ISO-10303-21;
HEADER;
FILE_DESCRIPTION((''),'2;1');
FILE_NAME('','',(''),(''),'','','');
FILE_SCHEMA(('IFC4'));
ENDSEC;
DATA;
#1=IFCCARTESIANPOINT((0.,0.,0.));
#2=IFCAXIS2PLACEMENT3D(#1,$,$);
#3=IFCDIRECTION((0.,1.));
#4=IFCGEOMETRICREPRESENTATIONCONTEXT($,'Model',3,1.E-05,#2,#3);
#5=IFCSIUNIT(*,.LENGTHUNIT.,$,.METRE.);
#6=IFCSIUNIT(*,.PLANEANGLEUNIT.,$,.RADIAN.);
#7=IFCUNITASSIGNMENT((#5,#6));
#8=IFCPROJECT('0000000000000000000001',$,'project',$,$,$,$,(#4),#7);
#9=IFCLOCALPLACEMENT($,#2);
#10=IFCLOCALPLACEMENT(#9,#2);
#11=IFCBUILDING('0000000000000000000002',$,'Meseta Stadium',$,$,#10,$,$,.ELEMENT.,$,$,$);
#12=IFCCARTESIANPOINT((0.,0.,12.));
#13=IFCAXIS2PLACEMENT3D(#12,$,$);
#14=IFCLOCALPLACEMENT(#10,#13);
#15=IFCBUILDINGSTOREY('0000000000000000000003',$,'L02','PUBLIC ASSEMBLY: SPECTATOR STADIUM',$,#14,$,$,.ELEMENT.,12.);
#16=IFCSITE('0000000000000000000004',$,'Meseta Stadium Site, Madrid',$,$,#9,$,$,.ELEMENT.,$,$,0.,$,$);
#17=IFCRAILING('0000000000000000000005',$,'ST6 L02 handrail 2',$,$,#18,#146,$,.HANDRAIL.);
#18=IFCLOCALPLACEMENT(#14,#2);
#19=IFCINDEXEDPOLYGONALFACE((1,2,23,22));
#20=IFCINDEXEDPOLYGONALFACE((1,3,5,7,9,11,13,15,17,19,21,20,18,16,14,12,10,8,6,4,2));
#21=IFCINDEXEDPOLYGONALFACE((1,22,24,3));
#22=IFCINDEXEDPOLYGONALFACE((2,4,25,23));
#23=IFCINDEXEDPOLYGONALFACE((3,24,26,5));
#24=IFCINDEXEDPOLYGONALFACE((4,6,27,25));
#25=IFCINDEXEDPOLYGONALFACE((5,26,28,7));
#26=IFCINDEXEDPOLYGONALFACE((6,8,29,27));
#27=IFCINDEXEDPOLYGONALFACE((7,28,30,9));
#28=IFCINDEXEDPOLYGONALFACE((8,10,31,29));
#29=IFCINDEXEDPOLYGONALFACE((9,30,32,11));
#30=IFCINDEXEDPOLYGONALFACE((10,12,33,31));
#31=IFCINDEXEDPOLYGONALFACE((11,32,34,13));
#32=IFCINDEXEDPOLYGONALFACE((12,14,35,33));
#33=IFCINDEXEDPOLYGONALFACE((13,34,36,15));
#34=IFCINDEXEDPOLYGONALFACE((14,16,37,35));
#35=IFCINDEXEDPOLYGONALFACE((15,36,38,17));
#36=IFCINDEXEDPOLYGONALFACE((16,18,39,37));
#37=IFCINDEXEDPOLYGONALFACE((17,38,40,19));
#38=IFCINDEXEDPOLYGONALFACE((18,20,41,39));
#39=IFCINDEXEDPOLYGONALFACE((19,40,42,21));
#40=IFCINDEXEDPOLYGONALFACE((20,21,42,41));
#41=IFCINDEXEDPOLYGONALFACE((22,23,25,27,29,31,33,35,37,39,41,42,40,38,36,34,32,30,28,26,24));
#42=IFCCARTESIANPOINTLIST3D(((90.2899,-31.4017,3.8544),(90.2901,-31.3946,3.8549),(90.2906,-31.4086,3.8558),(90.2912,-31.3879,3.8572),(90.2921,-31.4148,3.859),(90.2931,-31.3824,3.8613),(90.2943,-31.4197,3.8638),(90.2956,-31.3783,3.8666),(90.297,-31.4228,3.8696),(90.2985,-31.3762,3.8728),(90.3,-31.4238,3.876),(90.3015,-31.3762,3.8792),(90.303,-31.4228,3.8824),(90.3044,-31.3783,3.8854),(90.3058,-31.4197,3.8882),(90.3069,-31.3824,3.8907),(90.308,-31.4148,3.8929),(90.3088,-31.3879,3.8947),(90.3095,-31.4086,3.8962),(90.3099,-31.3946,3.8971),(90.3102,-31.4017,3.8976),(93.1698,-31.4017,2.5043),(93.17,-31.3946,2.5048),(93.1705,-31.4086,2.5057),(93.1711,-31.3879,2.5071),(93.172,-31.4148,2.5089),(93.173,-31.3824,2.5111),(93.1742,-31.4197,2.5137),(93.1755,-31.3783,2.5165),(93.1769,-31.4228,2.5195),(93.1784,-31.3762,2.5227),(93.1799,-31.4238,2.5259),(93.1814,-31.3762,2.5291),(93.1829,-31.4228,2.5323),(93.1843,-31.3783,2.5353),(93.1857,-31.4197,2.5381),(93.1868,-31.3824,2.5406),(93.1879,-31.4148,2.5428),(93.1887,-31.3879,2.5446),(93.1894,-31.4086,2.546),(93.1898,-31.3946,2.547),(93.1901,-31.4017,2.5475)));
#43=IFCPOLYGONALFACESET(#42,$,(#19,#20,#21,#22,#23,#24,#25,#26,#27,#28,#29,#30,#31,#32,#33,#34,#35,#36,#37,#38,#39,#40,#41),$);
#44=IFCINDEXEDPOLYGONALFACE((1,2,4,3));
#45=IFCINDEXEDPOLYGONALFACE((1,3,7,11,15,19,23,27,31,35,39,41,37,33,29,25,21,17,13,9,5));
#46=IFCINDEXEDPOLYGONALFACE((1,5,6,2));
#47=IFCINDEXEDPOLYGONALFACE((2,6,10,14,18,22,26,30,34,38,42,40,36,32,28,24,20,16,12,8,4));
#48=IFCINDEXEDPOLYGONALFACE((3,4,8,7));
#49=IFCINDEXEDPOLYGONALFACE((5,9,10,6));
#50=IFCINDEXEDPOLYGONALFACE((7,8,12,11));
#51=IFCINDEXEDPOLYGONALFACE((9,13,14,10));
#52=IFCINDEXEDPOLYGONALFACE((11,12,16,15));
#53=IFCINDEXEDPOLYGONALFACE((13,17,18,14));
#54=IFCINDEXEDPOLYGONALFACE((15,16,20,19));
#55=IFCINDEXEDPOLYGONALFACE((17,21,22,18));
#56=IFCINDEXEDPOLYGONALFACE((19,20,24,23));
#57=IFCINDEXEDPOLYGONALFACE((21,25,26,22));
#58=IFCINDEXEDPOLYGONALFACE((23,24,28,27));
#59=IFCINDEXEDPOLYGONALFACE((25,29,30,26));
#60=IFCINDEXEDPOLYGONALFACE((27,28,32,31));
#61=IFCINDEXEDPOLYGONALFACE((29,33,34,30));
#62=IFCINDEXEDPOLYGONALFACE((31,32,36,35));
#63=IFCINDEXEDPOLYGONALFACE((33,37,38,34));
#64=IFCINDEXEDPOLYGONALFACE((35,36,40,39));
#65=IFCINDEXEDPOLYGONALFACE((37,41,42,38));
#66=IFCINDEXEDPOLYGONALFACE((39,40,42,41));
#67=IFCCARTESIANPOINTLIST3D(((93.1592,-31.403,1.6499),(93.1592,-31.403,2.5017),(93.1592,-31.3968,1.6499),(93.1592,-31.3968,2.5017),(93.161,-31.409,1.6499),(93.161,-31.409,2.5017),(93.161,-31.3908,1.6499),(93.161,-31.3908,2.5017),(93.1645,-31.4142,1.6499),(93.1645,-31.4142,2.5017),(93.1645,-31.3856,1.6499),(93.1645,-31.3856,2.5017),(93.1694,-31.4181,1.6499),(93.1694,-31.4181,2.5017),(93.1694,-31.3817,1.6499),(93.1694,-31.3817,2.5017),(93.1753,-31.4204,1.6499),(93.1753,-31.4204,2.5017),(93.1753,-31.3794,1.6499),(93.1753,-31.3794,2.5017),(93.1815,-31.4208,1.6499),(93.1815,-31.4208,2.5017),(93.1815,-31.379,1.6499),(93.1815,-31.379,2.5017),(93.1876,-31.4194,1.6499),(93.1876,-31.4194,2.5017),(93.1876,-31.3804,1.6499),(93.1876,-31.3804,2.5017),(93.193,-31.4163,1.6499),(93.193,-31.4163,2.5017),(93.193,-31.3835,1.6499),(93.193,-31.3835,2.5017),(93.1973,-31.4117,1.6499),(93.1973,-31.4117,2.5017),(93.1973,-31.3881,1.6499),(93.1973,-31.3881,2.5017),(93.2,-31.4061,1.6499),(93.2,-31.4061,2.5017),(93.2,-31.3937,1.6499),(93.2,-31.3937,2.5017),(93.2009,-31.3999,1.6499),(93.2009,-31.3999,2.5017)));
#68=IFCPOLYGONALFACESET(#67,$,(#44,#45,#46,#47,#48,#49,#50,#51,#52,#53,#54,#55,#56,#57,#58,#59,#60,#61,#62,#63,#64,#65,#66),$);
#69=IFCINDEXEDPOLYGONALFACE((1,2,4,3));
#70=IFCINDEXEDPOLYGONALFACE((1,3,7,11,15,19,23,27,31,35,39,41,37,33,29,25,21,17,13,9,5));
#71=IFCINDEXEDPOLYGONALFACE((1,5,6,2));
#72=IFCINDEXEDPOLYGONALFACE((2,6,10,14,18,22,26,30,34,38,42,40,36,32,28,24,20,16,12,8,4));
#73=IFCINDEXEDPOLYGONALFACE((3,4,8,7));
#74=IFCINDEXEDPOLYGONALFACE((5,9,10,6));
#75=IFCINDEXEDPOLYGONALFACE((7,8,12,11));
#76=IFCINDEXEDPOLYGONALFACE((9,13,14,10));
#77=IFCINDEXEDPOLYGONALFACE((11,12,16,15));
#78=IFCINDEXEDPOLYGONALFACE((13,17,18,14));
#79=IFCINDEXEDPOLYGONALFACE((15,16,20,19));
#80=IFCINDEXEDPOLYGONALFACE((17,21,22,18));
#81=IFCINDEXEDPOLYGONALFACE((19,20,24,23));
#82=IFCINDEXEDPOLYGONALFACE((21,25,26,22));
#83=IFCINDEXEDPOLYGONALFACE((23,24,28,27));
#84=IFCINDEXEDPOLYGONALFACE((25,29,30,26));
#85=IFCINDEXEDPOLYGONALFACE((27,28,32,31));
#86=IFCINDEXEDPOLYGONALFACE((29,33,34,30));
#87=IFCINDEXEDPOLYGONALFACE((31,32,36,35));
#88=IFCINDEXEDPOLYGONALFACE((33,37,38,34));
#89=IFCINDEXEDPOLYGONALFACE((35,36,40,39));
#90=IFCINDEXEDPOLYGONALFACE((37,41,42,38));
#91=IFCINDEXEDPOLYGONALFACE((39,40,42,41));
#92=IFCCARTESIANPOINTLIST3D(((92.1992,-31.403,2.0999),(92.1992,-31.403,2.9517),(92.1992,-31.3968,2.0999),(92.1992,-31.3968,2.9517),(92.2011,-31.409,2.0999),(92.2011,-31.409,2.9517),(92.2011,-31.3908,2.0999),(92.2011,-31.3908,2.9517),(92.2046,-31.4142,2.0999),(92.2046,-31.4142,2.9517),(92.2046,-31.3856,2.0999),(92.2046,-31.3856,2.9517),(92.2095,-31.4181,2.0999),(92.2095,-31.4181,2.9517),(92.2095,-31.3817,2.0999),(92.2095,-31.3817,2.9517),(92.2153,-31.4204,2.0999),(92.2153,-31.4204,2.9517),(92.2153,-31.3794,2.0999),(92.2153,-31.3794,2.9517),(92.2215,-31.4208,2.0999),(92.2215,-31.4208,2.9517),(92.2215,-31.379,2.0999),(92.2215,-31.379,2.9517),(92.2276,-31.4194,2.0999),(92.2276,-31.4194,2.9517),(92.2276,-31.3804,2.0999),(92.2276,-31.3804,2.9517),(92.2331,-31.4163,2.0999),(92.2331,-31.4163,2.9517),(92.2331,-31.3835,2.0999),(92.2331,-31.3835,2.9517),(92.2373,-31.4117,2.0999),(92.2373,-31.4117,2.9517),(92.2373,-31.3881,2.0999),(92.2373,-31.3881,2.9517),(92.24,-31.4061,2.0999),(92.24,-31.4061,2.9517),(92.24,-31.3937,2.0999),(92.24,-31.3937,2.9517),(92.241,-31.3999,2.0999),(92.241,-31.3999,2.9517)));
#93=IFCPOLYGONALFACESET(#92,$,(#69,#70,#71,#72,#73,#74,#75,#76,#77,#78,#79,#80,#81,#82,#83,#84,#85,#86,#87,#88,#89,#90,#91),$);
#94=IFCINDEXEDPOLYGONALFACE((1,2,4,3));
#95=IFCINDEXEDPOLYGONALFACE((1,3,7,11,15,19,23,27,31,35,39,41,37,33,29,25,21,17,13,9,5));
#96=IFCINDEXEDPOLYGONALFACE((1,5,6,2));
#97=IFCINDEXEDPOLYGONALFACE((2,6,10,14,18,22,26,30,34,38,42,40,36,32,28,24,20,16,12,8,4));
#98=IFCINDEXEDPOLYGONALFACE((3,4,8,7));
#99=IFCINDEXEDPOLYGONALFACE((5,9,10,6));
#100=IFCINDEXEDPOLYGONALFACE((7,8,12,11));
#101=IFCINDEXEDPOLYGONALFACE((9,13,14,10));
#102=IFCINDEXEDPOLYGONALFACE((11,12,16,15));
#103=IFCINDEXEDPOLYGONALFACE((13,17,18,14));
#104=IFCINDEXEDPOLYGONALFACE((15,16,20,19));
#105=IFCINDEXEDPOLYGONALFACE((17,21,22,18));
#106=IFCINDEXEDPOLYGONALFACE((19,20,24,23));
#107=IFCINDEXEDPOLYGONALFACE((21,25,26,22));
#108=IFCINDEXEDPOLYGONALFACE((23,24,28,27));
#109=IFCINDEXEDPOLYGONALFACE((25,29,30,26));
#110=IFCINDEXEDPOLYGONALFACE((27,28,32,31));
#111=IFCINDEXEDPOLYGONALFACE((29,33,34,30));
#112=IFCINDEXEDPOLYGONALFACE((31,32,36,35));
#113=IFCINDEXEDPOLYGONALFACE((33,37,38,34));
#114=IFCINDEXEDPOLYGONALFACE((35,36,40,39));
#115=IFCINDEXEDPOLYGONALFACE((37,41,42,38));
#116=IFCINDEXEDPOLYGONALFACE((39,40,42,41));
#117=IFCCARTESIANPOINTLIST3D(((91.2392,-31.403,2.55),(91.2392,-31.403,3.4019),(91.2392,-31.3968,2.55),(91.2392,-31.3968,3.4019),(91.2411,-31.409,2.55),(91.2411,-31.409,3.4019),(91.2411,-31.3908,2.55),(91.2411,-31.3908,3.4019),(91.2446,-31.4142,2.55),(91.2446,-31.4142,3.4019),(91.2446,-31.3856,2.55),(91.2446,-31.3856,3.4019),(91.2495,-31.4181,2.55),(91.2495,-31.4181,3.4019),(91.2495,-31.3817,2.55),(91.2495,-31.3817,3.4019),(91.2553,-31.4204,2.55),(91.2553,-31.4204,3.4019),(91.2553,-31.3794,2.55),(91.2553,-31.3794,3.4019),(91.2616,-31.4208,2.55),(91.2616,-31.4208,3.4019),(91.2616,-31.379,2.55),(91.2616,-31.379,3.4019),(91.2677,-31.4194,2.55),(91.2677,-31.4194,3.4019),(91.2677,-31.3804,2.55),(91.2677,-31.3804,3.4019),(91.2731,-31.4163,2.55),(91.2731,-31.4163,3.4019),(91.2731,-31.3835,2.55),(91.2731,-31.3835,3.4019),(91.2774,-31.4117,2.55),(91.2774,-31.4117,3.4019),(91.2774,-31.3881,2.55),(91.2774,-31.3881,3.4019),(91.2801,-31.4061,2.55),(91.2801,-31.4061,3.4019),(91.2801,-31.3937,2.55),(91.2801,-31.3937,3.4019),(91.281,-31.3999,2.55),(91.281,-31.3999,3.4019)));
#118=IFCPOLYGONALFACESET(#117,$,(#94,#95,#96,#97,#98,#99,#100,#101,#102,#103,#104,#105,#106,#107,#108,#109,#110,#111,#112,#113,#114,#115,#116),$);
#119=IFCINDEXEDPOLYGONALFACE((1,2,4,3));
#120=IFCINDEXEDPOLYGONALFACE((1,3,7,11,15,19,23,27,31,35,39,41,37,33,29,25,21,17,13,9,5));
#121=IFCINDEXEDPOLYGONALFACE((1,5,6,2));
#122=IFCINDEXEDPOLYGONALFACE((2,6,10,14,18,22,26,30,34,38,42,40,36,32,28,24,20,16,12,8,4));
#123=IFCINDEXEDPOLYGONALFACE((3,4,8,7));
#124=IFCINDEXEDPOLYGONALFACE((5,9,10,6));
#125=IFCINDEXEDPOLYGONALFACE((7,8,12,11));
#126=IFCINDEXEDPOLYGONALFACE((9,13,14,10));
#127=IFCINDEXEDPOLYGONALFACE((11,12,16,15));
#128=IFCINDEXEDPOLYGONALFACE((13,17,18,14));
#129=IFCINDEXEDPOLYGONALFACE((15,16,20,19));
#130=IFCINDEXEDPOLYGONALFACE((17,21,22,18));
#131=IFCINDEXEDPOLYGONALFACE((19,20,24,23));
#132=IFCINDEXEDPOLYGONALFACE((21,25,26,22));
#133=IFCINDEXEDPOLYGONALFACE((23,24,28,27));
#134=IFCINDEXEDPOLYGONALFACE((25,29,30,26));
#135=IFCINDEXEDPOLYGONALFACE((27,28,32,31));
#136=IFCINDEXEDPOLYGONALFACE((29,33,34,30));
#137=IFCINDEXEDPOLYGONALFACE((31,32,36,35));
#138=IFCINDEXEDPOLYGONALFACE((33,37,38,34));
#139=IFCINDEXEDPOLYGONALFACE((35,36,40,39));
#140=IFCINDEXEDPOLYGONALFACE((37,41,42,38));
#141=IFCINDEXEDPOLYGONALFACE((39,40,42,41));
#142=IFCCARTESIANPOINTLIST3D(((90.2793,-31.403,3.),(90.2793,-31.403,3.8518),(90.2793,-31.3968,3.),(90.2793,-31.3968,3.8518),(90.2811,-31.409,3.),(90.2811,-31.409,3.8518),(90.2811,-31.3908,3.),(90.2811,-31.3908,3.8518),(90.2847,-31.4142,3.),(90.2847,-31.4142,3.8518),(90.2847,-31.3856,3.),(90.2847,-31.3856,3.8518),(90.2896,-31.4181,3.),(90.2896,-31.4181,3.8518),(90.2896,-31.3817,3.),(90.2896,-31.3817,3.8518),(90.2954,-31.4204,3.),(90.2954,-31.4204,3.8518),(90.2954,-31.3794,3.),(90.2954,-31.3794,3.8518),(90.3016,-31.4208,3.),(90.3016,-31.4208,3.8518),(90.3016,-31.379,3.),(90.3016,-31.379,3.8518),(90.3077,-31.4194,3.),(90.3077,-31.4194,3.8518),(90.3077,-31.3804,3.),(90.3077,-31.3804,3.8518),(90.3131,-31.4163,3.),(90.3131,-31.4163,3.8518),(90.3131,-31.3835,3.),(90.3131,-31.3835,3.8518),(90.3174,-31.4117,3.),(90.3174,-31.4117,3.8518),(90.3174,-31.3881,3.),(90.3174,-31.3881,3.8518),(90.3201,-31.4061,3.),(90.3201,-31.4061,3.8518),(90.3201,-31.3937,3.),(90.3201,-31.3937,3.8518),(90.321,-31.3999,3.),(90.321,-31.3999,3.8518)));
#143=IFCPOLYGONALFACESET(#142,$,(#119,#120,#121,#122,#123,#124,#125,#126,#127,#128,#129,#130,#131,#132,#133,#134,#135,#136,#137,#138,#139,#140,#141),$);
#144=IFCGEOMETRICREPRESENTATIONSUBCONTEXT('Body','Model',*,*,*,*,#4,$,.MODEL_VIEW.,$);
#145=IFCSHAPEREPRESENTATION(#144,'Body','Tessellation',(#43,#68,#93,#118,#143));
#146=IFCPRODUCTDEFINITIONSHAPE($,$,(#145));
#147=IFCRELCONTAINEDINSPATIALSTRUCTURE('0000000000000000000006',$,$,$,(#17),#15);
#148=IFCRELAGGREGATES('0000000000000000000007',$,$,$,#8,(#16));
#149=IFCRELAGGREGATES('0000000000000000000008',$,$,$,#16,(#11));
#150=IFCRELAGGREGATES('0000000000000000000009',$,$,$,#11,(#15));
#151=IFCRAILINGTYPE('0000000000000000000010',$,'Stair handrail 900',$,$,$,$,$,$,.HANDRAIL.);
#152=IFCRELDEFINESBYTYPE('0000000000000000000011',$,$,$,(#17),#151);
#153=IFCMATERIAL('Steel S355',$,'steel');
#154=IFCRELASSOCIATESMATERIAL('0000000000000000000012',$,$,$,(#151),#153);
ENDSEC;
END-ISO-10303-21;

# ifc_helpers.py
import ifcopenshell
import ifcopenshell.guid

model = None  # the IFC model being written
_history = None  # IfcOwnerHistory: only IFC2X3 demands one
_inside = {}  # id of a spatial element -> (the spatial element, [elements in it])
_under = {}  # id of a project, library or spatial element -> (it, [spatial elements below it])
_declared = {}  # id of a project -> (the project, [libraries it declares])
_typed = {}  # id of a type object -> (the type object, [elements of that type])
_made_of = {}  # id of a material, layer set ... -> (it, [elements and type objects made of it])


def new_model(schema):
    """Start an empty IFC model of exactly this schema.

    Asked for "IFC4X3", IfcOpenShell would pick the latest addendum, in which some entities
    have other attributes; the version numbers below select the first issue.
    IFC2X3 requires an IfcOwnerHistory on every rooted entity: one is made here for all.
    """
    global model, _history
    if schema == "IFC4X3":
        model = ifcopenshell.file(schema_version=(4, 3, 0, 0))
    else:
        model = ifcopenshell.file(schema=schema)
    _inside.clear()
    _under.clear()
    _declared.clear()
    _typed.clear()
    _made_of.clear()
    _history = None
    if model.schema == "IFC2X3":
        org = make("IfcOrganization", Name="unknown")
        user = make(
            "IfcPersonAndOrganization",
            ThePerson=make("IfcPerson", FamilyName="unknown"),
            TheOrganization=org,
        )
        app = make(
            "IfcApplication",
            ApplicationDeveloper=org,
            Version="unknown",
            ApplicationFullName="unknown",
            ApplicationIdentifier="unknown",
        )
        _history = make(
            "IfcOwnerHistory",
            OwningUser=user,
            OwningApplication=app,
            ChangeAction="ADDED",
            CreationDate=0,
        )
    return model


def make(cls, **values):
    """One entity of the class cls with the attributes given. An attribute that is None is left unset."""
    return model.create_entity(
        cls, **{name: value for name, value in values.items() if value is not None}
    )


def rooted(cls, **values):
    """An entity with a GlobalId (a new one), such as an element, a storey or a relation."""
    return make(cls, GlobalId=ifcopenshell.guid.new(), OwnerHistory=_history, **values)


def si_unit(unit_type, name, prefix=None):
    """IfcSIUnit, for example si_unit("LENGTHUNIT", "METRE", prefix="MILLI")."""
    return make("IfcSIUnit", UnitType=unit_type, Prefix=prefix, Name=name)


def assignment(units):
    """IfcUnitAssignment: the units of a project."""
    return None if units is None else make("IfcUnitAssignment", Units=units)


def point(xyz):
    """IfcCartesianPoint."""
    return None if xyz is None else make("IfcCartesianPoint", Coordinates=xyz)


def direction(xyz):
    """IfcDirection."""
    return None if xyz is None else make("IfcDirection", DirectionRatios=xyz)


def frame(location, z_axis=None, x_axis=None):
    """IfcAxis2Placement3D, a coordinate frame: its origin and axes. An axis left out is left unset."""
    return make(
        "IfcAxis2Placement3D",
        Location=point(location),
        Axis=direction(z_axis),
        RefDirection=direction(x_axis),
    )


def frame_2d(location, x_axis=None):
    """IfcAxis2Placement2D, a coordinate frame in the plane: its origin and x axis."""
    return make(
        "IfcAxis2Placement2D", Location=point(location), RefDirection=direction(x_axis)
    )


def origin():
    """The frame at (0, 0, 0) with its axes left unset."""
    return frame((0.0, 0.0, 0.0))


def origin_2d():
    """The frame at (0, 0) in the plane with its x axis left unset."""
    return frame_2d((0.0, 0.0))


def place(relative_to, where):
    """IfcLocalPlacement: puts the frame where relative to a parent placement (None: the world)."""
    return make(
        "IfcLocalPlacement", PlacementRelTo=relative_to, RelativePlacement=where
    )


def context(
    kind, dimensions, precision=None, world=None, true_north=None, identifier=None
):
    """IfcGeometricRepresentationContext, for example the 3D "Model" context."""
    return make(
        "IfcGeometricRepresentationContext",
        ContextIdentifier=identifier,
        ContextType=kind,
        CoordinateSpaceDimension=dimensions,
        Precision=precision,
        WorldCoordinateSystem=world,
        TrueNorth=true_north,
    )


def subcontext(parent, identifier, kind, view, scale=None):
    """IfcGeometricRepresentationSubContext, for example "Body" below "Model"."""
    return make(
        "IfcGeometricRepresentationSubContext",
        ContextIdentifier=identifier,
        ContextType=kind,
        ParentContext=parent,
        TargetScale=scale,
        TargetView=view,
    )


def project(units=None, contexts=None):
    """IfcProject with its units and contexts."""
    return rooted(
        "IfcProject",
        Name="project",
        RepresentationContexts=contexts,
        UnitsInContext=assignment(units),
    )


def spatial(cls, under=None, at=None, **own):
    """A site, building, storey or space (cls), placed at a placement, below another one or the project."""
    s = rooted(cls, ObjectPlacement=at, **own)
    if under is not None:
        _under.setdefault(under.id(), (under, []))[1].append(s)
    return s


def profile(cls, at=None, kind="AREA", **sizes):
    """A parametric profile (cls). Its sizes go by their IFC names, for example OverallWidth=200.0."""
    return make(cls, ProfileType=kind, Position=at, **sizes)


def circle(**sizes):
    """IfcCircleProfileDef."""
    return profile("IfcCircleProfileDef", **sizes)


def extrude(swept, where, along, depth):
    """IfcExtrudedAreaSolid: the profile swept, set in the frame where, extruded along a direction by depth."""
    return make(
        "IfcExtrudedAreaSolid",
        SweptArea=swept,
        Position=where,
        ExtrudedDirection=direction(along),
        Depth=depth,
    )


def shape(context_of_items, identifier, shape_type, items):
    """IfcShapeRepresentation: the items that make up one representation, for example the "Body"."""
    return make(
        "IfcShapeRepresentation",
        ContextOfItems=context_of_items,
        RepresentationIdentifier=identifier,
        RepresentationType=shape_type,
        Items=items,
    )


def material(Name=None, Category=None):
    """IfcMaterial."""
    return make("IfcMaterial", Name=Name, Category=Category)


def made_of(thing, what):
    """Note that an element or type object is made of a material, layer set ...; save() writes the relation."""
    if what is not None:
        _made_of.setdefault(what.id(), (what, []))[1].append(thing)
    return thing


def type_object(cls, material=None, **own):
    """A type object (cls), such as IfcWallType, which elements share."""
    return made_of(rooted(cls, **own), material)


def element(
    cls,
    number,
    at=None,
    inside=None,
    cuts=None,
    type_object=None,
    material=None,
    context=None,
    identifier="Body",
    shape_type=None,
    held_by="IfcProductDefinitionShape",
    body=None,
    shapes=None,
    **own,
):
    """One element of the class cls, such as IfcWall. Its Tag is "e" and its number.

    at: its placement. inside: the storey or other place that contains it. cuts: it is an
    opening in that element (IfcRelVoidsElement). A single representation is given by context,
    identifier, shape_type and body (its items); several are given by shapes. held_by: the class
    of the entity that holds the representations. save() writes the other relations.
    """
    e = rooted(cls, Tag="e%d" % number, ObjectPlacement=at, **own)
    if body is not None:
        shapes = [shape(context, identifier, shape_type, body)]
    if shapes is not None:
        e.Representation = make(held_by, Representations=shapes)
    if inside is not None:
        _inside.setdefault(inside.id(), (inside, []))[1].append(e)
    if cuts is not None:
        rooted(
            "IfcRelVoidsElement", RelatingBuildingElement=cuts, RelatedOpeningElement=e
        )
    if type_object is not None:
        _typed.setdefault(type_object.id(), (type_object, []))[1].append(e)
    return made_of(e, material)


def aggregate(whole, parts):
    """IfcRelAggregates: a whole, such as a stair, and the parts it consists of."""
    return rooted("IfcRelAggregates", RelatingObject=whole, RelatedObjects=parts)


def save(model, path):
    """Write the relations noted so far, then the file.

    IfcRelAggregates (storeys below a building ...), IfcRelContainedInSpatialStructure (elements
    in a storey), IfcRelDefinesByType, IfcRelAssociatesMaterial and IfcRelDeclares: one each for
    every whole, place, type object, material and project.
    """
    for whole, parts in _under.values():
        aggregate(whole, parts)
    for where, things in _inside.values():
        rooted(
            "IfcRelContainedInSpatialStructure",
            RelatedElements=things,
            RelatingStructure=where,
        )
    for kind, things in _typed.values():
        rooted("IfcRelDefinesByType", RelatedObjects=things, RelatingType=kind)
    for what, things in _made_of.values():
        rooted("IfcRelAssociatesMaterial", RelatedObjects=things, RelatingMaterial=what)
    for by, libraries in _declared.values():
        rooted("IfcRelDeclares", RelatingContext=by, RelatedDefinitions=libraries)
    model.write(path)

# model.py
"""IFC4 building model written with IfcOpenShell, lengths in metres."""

from ifc_helpers import new_model, si_unit, direction, frame, origin, origin_2d, place, context, subcontext, project, spatial, circle, extrude, material, type_object, element, save


model = new_model("IFC4")

# Units and contexts
model_context = context("Model", 3, precision=1e-05, world=origin(), true_north=direction((0.0, 1.0)))
body_context = subcontext(model_context, "Body", "Model", "MODEL_VIEW")
ifc_project = project(units=[si_unit("LENGTHUNIT", "METRE"), si_unit("PLANEANGLEUNIT", "RADIAN")], contexts=[model_context])

# Site, building, storey
site_placement = place(None, origin())
site = spatial("IfcSite", under=ifc_project, at=site_placement, Name="Meseta Stadium Site, Madrid", CompositionType="ELEMENT", RefElevation=0.0)
building_placement = place(site_placement, origin())
building = spatial("IfcBuilding", under=site, at=building_placement, Name="Meseta Stadium", CompositionType="ELEMENT")
storey_placement = place(building_placement, frame((0.0, 0.0, 12.0)))
storey = spatial("IfcBuildingStorey", under=building, at=storey_placement, Name="L02", Description="PUBLIC ASSEMBLY: SPECTATOR STADIUM", CompositionType="ELEMENT", Elevation=12.0)

# Railing
ifc_material_1 = material(Name="Steel S355", Category="steel")
railing_type_1 = type_object("IfcRailingType", Name="Stair handrail 900", PredefinedType="HANDRAIL", material=ifc_material_1)
for number, where, name in (
    (1, (93.1799, -31.3999, 1.6499), "ST6 L02 handrail 2"),
):
    element("IfcRailing", number, at=place(storey_placement, frame(where)), inside=storey, type_object=railing_type_1, Name=name, PredefinedType="HANDRAIL", context=body_context, shape_type="SweptSolid", body=[
        extrude(circle(Radius=0.0239, at=origin_2d()), frame((0.0, 0.0, 0.876), z_axis=(-0.90544, 0.0, 0.424473), x_axis=(0.0, -1.0, 0.0)), (0.0, 0.0, 1.0), 3.1807),
        extrude(circle(Radius=0.021, at=origin_2d()), origin(), (0.0, 0.0, 1.0), 0.8518),
        extrude(circle(Radius=0.021, at=origin_2d()), frame((-0.96, 0.0, 0.45)), (0.0, 0.0, 1.0), 0.8518),
        extrude(circle(Radius=0.021, at=origin_2d()), frame((-1.9199, 0.0, 0.9001)), (0.0, 0.0, 1.0), 0.8518),
        extrude(circle(Radius=0.021, at=origin_2d()), frame((-2.8799, 0.0, 1.3501)), (0.0, 0.0, 1.0), 0.8518),
    ])

save(model, "model.ifc")
